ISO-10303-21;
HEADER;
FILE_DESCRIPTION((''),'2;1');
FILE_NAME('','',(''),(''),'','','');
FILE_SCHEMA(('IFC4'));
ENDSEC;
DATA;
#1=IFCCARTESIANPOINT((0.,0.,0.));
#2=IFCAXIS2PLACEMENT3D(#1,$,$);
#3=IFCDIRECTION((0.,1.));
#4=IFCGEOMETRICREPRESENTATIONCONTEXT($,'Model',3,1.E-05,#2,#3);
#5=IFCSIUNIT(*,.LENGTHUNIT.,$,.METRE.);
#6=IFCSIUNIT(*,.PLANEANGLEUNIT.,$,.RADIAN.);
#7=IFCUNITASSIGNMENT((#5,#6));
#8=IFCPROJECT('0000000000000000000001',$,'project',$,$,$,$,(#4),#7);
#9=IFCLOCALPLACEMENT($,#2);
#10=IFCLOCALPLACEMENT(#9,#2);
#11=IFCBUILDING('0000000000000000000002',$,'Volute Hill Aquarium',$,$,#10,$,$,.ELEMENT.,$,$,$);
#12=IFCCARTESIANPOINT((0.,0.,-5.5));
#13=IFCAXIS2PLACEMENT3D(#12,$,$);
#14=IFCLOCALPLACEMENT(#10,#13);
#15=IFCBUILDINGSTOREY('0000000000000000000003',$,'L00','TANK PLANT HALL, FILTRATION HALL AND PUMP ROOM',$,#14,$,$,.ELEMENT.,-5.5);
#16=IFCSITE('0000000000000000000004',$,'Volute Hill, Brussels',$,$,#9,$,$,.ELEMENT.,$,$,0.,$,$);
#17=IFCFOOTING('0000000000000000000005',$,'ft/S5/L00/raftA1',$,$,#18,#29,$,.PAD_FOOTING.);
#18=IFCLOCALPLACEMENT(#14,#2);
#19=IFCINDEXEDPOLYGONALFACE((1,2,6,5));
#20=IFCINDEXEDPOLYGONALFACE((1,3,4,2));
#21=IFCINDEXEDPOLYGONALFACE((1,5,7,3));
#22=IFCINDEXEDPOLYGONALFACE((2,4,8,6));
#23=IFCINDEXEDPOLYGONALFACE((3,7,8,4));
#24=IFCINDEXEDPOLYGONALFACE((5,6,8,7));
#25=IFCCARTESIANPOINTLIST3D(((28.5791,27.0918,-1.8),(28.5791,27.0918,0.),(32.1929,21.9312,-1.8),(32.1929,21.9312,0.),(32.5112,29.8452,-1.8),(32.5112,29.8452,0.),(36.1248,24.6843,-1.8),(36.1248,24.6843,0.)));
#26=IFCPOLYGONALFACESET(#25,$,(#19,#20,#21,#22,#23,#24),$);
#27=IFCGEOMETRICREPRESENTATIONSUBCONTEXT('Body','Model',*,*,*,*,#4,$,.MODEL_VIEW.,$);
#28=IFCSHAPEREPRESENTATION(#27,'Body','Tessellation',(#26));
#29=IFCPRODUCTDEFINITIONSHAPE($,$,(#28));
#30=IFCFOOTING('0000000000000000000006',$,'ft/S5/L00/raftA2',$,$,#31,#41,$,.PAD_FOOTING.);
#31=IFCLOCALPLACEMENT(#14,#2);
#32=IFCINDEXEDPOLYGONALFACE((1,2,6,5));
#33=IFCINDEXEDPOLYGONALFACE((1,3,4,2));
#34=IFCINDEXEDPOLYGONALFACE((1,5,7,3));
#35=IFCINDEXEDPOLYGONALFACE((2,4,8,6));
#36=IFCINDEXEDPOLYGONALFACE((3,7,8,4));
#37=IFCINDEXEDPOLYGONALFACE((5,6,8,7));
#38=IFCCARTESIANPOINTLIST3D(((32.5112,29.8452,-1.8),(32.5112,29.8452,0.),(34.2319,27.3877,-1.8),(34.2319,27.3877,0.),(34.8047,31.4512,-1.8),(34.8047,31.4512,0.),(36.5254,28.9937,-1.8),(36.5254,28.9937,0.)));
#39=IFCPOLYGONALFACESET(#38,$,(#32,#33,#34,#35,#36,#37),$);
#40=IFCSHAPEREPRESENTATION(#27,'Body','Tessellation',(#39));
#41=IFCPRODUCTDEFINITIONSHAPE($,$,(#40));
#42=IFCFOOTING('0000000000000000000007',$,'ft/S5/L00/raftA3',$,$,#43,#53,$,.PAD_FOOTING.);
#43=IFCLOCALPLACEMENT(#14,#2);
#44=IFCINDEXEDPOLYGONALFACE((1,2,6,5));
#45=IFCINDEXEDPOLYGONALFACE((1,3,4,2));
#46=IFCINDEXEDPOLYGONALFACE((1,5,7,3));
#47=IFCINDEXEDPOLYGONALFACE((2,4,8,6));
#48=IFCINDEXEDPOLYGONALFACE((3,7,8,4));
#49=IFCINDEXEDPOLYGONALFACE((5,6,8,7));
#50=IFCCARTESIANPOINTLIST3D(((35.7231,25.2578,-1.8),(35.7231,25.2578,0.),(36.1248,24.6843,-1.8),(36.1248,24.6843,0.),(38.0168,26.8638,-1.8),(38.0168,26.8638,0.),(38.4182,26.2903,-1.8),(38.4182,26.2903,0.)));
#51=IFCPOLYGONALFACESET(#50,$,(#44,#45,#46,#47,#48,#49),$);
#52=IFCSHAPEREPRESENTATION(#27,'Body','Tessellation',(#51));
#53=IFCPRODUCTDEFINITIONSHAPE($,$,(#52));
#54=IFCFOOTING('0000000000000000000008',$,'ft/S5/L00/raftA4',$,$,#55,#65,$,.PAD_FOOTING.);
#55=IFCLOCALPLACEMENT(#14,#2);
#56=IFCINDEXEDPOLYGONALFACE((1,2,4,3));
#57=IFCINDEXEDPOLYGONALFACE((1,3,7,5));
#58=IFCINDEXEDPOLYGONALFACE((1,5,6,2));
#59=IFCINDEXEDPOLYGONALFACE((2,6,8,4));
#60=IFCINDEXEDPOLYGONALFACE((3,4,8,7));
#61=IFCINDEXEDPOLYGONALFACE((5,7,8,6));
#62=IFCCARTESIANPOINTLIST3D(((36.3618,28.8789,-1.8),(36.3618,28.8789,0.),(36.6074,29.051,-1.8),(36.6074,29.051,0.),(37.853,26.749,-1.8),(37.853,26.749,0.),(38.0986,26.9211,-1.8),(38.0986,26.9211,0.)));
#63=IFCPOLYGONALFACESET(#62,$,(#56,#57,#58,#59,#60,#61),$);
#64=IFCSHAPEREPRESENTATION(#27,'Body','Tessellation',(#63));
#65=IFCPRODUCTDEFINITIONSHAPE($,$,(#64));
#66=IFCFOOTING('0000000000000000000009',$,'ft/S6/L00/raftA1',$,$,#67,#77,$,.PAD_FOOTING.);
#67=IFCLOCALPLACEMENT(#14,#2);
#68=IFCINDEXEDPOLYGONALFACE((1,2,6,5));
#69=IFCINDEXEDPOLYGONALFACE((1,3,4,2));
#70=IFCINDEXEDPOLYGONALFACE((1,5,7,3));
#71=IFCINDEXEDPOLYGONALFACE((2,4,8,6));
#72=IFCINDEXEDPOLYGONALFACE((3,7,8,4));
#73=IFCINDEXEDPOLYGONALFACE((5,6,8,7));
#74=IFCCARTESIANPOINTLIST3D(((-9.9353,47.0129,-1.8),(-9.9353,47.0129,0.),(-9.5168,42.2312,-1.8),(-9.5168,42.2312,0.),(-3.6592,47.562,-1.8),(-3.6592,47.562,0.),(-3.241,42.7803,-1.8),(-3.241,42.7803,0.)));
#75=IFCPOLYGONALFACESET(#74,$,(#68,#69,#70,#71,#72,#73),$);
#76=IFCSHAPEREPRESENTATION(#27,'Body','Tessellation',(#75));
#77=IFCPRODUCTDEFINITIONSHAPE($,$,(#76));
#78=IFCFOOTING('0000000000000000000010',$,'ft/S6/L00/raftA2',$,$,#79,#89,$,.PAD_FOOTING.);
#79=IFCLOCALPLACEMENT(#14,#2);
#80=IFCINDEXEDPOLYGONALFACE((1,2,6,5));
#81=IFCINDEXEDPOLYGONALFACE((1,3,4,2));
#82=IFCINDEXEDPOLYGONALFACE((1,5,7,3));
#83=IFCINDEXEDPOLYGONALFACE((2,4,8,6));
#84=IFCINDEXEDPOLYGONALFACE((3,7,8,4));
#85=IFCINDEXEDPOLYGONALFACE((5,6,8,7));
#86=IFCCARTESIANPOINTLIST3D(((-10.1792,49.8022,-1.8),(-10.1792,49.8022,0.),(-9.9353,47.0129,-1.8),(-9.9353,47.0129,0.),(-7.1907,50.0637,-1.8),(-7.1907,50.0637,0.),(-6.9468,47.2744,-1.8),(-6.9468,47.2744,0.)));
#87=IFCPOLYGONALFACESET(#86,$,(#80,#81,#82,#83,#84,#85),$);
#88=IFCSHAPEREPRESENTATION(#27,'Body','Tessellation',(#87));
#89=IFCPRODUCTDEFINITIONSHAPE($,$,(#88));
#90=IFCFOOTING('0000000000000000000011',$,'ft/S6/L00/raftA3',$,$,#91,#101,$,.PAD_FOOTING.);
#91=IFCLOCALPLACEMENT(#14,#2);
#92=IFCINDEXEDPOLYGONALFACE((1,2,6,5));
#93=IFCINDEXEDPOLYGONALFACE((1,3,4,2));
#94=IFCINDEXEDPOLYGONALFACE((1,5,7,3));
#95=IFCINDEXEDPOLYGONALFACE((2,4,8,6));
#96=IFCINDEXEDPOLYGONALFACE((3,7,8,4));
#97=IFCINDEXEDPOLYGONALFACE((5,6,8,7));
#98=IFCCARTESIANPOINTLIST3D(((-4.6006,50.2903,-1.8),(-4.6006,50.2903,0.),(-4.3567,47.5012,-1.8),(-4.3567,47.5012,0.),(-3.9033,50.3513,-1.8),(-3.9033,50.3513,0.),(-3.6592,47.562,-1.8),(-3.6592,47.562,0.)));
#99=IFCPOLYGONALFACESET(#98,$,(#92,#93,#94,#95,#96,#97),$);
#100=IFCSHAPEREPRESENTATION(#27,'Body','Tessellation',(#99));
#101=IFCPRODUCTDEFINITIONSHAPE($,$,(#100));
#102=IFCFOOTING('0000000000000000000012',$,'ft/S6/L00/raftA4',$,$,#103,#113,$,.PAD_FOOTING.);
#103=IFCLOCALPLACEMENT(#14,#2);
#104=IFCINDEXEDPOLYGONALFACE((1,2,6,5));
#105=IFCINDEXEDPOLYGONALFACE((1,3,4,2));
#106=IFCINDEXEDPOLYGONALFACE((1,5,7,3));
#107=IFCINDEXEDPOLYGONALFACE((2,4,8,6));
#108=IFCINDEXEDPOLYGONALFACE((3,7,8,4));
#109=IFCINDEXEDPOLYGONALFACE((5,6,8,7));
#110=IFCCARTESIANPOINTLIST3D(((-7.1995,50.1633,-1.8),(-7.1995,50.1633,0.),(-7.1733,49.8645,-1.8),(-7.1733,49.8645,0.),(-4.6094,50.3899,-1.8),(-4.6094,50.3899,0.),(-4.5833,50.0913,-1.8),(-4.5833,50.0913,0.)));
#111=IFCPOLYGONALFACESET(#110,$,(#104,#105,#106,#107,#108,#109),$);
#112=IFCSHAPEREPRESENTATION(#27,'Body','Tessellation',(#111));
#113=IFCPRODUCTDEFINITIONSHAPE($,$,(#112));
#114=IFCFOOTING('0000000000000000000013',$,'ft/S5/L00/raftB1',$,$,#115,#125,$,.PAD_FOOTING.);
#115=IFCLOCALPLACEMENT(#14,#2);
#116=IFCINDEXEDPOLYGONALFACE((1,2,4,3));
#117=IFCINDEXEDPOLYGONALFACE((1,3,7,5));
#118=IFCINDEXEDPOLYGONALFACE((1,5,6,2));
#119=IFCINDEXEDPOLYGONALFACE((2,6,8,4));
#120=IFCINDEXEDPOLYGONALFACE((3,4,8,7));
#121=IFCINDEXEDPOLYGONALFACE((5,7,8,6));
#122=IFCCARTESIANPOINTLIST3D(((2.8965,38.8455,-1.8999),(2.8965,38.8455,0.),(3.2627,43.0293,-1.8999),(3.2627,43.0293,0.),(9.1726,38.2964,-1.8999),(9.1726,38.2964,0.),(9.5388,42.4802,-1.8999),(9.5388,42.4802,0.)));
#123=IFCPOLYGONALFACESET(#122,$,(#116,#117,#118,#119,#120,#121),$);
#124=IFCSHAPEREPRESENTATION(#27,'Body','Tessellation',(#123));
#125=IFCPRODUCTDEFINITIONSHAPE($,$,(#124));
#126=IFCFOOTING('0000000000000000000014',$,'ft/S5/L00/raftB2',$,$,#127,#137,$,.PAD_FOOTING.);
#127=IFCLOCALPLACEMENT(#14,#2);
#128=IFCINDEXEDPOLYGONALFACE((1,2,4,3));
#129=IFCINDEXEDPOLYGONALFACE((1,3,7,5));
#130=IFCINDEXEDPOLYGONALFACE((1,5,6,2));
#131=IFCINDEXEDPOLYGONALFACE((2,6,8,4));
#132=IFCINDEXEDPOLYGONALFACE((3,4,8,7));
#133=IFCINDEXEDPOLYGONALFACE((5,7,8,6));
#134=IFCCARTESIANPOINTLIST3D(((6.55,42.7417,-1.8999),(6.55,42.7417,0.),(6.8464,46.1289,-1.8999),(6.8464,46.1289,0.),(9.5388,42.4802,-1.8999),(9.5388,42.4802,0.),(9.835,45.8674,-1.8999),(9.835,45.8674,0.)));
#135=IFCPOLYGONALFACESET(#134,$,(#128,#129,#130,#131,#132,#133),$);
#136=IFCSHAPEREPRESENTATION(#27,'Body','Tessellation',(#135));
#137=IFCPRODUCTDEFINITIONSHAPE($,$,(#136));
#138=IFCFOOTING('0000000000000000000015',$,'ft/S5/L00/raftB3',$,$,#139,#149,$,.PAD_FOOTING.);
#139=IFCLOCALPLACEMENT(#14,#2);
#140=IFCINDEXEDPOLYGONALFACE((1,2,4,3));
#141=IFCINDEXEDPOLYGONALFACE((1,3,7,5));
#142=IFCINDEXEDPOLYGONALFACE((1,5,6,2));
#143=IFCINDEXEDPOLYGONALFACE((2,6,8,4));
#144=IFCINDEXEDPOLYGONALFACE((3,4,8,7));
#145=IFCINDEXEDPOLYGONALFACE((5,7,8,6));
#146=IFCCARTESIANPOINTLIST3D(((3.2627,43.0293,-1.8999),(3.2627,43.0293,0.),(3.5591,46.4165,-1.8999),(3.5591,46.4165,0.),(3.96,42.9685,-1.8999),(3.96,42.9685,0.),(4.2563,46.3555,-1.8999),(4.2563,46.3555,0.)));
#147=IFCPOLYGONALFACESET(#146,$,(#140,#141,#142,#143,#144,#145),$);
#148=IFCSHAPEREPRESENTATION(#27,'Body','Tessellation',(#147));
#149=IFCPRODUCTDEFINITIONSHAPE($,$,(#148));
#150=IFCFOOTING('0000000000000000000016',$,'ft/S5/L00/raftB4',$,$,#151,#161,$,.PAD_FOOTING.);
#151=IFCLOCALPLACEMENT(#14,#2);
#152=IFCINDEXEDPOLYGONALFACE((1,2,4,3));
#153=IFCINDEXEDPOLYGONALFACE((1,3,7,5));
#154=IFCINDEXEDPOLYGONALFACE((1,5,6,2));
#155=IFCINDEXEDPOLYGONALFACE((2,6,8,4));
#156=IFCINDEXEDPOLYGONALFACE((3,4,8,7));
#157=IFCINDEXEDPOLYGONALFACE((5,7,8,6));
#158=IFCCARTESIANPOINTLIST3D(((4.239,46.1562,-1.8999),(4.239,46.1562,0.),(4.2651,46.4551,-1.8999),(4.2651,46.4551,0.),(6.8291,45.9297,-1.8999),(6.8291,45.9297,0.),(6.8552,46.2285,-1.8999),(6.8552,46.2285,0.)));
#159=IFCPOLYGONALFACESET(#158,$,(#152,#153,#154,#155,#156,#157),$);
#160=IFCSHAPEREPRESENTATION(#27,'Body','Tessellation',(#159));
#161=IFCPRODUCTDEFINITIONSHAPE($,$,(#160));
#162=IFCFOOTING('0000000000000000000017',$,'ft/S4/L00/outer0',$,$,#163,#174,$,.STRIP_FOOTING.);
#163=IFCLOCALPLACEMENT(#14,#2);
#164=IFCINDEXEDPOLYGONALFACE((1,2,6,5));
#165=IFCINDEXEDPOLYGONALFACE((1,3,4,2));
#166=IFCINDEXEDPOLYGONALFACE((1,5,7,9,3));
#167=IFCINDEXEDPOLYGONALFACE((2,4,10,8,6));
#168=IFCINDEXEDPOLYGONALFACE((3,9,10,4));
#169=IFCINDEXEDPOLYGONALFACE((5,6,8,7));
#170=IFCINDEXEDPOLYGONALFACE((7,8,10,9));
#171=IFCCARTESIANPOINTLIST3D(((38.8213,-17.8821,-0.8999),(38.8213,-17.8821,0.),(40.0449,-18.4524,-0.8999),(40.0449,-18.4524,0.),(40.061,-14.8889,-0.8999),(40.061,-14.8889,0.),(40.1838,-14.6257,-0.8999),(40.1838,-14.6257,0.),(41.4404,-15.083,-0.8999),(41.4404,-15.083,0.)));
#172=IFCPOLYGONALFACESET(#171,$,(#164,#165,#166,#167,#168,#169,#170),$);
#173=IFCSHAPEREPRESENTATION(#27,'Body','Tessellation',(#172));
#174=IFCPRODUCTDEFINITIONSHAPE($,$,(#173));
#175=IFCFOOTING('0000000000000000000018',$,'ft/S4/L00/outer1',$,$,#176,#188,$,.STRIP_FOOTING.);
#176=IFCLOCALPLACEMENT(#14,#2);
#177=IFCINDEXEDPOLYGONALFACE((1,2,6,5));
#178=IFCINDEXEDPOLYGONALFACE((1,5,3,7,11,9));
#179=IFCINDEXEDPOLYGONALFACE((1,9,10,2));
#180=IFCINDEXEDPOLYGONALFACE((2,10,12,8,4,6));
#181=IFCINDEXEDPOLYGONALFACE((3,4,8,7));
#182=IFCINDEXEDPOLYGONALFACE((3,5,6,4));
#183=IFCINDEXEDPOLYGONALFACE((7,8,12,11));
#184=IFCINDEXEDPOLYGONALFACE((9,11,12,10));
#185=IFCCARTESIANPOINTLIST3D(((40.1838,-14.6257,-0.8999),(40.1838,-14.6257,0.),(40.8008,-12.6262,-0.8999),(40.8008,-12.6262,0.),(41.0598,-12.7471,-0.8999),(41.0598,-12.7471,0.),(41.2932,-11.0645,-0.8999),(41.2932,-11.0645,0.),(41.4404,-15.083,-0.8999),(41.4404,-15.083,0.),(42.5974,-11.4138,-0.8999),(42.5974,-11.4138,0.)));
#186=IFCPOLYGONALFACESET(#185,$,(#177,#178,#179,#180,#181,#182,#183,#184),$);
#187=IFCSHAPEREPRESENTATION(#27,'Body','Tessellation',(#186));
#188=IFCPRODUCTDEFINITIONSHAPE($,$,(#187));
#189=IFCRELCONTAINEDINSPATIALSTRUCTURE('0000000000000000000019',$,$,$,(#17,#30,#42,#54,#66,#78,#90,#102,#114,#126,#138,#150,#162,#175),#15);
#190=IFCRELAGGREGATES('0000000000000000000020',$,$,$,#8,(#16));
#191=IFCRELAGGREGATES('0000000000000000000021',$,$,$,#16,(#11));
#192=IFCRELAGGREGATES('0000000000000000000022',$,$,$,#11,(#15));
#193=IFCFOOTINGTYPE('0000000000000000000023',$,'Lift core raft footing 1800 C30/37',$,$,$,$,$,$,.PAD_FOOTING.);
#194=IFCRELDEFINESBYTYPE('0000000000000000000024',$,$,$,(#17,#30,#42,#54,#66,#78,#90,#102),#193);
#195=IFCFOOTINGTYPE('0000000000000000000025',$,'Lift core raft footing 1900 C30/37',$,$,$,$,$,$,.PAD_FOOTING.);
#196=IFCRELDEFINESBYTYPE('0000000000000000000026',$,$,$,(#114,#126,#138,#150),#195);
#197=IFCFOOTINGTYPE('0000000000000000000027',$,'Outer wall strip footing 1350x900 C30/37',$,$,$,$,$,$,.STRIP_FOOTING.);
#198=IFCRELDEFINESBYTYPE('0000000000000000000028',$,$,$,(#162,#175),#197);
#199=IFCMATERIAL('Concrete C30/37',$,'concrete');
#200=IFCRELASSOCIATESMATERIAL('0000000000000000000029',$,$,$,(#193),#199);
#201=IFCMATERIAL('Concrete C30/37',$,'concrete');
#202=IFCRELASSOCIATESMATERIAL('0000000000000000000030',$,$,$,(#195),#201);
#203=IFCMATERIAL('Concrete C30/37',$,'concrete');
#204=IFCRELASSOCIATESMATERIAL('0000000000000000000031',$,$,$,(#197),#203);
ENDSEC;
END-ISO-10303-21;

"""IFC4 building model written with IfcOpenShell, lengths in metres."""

from ifc_helpers import new_model, si_unit, direction, frame, origin, place, context, subcontext, project, spatial, polyline, outline, extrude, material, type_object, element, save


model = new_model("IFC4")

# Units and contexts
model_context = context("Model", 3, precision=1e-05, world=origin(), true_north=direction((0.0, 1.0)))
body_context = subcontext(model_context, "Body", "Model", "MODEL_VIEW")
ifc_project = project(units=[si_unit("LENGTHUNIT", "METRE"), si_unit("PLANEANGLEUNIT", "RADIAN")], contexts=[model_context])

# Site, building, storey
site_placement = place(None, origin())
site = spatial("IfcSite", under=ifc_project, at=site_placement, Name="Volute Hill, Brussels", CompositionType="ELEMENT", RefElevation=0.0)
building_placement = place(site_placement, origin())
building = spatial("IfcBuilding", under=site, at=building_placement, Name="Volute Hill Aquarium", CompositionType="ELEMENT")
storey_placement = place(building_placement, frame((0.0, 0.0, -5.5)))
storey = spatial("IfcBuildingStorey", under=building, at=storey_placement, Name="L00", Description="TANK PLANT HALL, FILTRATION HALL AND PUMP ROOM", CompositionType="ELEMENT", Elevation=-5.5)

# Footings
ifc_material_1 = material(Name="Concrete C30/37", Category="concrete")
footing_type_1 = type_object("IfcFootingType", Name="Lift core raft footing 1800 C30/37", PredefinedType="PAD_FOOTING", material=ifc_material_1)
footing_1_placement = place(storey_placement, frame((0.0, 0.0, -1.8)))
element("IfcFooting", 1, at=footing_1_placement, inside=storey, type_object=footing_type_1, Name="ft/S5/L00/raftA1", PredefinedType="PAD_FOOTING", context=body_context, shape_type="SweptSolid", body=[
    extrude(outline(polyline([(32.1929, 21.9312), (36.1248, 24.6843), (32.5112, 29.8452), (28.5791, 27.0918), (32.1929, 21.9312)])), origin(), (0.0, 0.0, 1.0), 1.8),
])
footing_2_placement = place(storey_placement, frame((0.0, 0.0, -1.8)))
element("IfcFooting", 2, at=footing_2_placement, inside=storey, type_object=footing_type_1, Name="ft/S5/L00/raftA2", PredefinedType="PAD_FOOTING", context=body_context, shape_type="SweptSolid", body=[
    extrude(outline(polyline([(34.2319, 27.3877), (36.5254, 28.9937), (34.8047, 31.4512), (32.5112, 29.8452), (34.2319, 27.3877)])), origin(), (0.0, 0.0, 1.0), 1.8),
])
footing_3_placement = place(storey_placement, frame((0.0, 0.0, -1.8)))
element("IfcFooting", 3, at=footing_3_placement, inside=storey, type_object=footing_type_1, Name="ft/S5/L00/raftA3", PredefinedType="PAD_FOOTING", context=body_context, shape_type="SweptSolid", body=[
    extrude(outline(polyline([(36.1248, 24.6843), (38.4182, 26.2903), (38.0168, 26.8638), (35.7231, 25.2578), (36.1248, 24.6843)])), origin(), (0.0, 0.0, 1.0), 1.8),
])
footing_4_placement = place(storey_placement, frame((0.0, 0.0, -1.8)))
element("IfcFooting", 4, at=footing_4_placement, inside=storey, type_object=footing_type_1, Name="ft/S5/L00/raftA4", PredefinedType="PAD_FOOTING", context=body_context, shape_type="SweptSolid", body=[
    extrude(outline(polyline([(37.853, 26.749), (38.0986, 26.9211), (36.6074, 29.051), (36.3618, 28.8789), (37.853, 26.749)])), origin(), (0.0, 0.0, 1.0), 1.8),
])
footing_5_placement = place(storey_placement, frame((0.0, 0.0, -1.8)))
element("IfcFooting", 5, at=footing_5_placement, inside=storey, type_object=footing_type_1, Name="ft/S6/L00/raftA1", PredefinedType="PAD_FOOTING", context=body_context, shape_type="SweptSolid", body=[
    extrude(outline(polyline([(-3.241, 42.7803), (-3.6592, 47.562), (-9.9353, 47.0129), (-9.5168, 42.2312), (-3.241, 42.7803)])), origin(), (0.0, 0.0, 1.0), 1.8),
])
footing_6_placement = place(storey_placement, frame((0.0, 0.0, -1.8)))
element("IfcFooting", 6, at=footing_6_placement, inside=storey, type_object=footing_type_1, Name="ft/S6/L00/raftA2", PredefinedType="PAD_FOOTING", context=body_context, shape_type="SweptSolid", body=[
    extrude(outline(polyline([(-6.9468, 47.2744), (-7.1907, 50.0637), (-10.1792, 49.8022), (-9.9353, 47.0129), (-6.9468, 47.2744)])), origin(), (0.0, 0.0, 1.0), 1.8),
])
footing_7_placement = place(storey_placement, frame((0.0, 0.0, -1.8)))
element("IfcFooting", 7, at=footing_7_placement, inside=storey, type_object=footing_type_1, Name="ft/S6/L00/raftA3", PredefinedType="PAD_FOOTING", context=body_context, shape_type="SweptSolid", body=[
    extrude(outline(polyline([(-3.6592, 47.562), (-3.9033, 50.3513), (-4.6006, 50.2903), (-4.3567, 47.5012), (-3.6592, 47.562)])), origin(), (0.0, 0.0, 1.0), 1.8),
])
footing_8_placement = place(storey_placement, frame((0.0, 0.0, -1.8)))
element("IfcFooting", 8, at=footing_8_placement, inside=storey, type_object=footing_type_1, Name="ft/S6/L00/raftA4", PredefinedType="PAD_FOOTING", context=body_context, shape_type="SweptSolid", body=[
    extrude(outline(polyline([(-4.5833, 50.0913), (-4.6094, 50.3899), (-7.1995, 50.1633), (-7.1733, 49.8645), (-4.5833, 50.0913)])), origin(), (0.0, 0.0, 1.0), 1.8),
])
ifc_material_2 = material(Name="Concrete C30/37", Category="concrete")
footing_type_2 = type_object("IfcFootingType", Name="Lift core raft footing 1900 C30/37", PredefinedType="PAD_FOOTING", material=ifc_material_2)
footing_9_placement = place(storey_placement, frame((0.0, 0.0, -1.8999)))
element("IfcFooting", 9, at=footing_9_placement, inside=storey, type_object=footing_type_2, Name="ft/S5/L00/raftB1", PredefinedType="PAD_FOOTING", context=body_context, shape_type="SweptSolid", body=[
    extrude(outline(polyline([(2.8965, 38.8455), (3.2627, 43.0293), (9.5388, 42.4802), (9.1726, 38.2964), (2.8965, 38.8455)])), origin(), (0.0, 0.0, 1.0), 1.8999),
])
footing_10_placement = place(storey_placement, frame((0.0, 0.0, -1.8999)))
element("IfcFooting", 10, at=footing_10_placement, inside=storey, type_object=footing_type_2, Name="ft/S5/L00/raftB2", PredefinedType="PAD_FOOTING", context=body_context, shape_type="SweptSolid", body=[
    extrude(outline(polyline([(6.55, 42.7417), (6.8464, 46.1289), (9.835, 45.8674), (9.5388, 42.4802), (6.55, 42.7417)])), origin(), (0.0, 0.0, 1.0), 1.8999),
])
footing_11_placement = place(storey_placement, frame((0.0, 0.0, -1.8999)))
element("IfcFooting", 11, at=footing_11_placement, inside=storey, type_object=footing_type_2, Name="ft/S5/L00/raftB3", PredefinedType="PAD_FOOTING", context=body_context, shape_type="SweptSolid", body=[
    extrude(outline(polyline([(3.2627, 43.0293), (3.5591, 46.4165), (4.2563, 46.3555), (3.96, 42.9685), (3.2627, 43.0293)])), origin(), (0.0, 0.0, 1.0), 1.8999),
])
footing_12_placement = place(storey_placement, frame((0.0, 0.0, -1.8999)))
element("IfcFooting", 12, at=footing_12_placement, inside=storey, type_object=footing_type_2, Name="ft/S5/L00/raftB4", PredefinedType="PAD_FOOTING", context=body_context, shape_type="SweptSolid", body=[
    extrude(outline(polyline([(4.239, 46.1562), (4.2651, 46.4551), (6.8552, 46.2285), (6.8291, 45.9297), (4.239, 46.1562)])), origin(), (0.0, 0.0, 1.0), 1.8999),
])
ifc_material_3 = material(Name="Concrete C30/37", Category="concrete")
footing_type_3 = type_object("IfcFootingType", Name="Outer wall strip footing 1350x900 C30/37", PredefinedType="STRIP_FOOTING", material=ifc_material_3)
footing_13_placement = place(storey_placement, frame((0.0, 0.0, -0.8999)))
element("IfcFooting", 13, at=footing_13_placement, inside=storey, type_object=footing_type_3, Name="ft/S4/L00/outer0", PredefinedType="STRIP_FOOTING", context=body_context, shape_type="SweptSolid", body=[
    extrude(outline(polyline([(41.4404, -15.083), (40.0449, -18.4524), (38.8213, -17.8821), (40.061, -14.8889), (40.1838, -14.6257), (41.4404, -15.083)])), origin(), (0.0, 0.0, 1.0), 0.8999),
])
footing_14_placement = place(storey_placement, frame((0.0, 0.0, -0.8999)))
element("IfcFooting", 14, at=footing_14_placement, inside=storey, type_object=footing_type_3, Name="ft/S4/L00/outer1", PredefinedType="STRIP_FOOTING", context=body_context, shape_type="SweptSolid", body=[
    extrude(outline(polyline([(42.5974, -11.4138), (41.4404, -15.083), (40.1838, -14.6257), (41.0598, -12.7471), (40.8008, -12.6262), (41.2932, -11.0645), (42.5974, -11.4138)])), origin(), (0.0, 0.0, 1.0), 0.8999),
])

save(model, "model.ifc")
